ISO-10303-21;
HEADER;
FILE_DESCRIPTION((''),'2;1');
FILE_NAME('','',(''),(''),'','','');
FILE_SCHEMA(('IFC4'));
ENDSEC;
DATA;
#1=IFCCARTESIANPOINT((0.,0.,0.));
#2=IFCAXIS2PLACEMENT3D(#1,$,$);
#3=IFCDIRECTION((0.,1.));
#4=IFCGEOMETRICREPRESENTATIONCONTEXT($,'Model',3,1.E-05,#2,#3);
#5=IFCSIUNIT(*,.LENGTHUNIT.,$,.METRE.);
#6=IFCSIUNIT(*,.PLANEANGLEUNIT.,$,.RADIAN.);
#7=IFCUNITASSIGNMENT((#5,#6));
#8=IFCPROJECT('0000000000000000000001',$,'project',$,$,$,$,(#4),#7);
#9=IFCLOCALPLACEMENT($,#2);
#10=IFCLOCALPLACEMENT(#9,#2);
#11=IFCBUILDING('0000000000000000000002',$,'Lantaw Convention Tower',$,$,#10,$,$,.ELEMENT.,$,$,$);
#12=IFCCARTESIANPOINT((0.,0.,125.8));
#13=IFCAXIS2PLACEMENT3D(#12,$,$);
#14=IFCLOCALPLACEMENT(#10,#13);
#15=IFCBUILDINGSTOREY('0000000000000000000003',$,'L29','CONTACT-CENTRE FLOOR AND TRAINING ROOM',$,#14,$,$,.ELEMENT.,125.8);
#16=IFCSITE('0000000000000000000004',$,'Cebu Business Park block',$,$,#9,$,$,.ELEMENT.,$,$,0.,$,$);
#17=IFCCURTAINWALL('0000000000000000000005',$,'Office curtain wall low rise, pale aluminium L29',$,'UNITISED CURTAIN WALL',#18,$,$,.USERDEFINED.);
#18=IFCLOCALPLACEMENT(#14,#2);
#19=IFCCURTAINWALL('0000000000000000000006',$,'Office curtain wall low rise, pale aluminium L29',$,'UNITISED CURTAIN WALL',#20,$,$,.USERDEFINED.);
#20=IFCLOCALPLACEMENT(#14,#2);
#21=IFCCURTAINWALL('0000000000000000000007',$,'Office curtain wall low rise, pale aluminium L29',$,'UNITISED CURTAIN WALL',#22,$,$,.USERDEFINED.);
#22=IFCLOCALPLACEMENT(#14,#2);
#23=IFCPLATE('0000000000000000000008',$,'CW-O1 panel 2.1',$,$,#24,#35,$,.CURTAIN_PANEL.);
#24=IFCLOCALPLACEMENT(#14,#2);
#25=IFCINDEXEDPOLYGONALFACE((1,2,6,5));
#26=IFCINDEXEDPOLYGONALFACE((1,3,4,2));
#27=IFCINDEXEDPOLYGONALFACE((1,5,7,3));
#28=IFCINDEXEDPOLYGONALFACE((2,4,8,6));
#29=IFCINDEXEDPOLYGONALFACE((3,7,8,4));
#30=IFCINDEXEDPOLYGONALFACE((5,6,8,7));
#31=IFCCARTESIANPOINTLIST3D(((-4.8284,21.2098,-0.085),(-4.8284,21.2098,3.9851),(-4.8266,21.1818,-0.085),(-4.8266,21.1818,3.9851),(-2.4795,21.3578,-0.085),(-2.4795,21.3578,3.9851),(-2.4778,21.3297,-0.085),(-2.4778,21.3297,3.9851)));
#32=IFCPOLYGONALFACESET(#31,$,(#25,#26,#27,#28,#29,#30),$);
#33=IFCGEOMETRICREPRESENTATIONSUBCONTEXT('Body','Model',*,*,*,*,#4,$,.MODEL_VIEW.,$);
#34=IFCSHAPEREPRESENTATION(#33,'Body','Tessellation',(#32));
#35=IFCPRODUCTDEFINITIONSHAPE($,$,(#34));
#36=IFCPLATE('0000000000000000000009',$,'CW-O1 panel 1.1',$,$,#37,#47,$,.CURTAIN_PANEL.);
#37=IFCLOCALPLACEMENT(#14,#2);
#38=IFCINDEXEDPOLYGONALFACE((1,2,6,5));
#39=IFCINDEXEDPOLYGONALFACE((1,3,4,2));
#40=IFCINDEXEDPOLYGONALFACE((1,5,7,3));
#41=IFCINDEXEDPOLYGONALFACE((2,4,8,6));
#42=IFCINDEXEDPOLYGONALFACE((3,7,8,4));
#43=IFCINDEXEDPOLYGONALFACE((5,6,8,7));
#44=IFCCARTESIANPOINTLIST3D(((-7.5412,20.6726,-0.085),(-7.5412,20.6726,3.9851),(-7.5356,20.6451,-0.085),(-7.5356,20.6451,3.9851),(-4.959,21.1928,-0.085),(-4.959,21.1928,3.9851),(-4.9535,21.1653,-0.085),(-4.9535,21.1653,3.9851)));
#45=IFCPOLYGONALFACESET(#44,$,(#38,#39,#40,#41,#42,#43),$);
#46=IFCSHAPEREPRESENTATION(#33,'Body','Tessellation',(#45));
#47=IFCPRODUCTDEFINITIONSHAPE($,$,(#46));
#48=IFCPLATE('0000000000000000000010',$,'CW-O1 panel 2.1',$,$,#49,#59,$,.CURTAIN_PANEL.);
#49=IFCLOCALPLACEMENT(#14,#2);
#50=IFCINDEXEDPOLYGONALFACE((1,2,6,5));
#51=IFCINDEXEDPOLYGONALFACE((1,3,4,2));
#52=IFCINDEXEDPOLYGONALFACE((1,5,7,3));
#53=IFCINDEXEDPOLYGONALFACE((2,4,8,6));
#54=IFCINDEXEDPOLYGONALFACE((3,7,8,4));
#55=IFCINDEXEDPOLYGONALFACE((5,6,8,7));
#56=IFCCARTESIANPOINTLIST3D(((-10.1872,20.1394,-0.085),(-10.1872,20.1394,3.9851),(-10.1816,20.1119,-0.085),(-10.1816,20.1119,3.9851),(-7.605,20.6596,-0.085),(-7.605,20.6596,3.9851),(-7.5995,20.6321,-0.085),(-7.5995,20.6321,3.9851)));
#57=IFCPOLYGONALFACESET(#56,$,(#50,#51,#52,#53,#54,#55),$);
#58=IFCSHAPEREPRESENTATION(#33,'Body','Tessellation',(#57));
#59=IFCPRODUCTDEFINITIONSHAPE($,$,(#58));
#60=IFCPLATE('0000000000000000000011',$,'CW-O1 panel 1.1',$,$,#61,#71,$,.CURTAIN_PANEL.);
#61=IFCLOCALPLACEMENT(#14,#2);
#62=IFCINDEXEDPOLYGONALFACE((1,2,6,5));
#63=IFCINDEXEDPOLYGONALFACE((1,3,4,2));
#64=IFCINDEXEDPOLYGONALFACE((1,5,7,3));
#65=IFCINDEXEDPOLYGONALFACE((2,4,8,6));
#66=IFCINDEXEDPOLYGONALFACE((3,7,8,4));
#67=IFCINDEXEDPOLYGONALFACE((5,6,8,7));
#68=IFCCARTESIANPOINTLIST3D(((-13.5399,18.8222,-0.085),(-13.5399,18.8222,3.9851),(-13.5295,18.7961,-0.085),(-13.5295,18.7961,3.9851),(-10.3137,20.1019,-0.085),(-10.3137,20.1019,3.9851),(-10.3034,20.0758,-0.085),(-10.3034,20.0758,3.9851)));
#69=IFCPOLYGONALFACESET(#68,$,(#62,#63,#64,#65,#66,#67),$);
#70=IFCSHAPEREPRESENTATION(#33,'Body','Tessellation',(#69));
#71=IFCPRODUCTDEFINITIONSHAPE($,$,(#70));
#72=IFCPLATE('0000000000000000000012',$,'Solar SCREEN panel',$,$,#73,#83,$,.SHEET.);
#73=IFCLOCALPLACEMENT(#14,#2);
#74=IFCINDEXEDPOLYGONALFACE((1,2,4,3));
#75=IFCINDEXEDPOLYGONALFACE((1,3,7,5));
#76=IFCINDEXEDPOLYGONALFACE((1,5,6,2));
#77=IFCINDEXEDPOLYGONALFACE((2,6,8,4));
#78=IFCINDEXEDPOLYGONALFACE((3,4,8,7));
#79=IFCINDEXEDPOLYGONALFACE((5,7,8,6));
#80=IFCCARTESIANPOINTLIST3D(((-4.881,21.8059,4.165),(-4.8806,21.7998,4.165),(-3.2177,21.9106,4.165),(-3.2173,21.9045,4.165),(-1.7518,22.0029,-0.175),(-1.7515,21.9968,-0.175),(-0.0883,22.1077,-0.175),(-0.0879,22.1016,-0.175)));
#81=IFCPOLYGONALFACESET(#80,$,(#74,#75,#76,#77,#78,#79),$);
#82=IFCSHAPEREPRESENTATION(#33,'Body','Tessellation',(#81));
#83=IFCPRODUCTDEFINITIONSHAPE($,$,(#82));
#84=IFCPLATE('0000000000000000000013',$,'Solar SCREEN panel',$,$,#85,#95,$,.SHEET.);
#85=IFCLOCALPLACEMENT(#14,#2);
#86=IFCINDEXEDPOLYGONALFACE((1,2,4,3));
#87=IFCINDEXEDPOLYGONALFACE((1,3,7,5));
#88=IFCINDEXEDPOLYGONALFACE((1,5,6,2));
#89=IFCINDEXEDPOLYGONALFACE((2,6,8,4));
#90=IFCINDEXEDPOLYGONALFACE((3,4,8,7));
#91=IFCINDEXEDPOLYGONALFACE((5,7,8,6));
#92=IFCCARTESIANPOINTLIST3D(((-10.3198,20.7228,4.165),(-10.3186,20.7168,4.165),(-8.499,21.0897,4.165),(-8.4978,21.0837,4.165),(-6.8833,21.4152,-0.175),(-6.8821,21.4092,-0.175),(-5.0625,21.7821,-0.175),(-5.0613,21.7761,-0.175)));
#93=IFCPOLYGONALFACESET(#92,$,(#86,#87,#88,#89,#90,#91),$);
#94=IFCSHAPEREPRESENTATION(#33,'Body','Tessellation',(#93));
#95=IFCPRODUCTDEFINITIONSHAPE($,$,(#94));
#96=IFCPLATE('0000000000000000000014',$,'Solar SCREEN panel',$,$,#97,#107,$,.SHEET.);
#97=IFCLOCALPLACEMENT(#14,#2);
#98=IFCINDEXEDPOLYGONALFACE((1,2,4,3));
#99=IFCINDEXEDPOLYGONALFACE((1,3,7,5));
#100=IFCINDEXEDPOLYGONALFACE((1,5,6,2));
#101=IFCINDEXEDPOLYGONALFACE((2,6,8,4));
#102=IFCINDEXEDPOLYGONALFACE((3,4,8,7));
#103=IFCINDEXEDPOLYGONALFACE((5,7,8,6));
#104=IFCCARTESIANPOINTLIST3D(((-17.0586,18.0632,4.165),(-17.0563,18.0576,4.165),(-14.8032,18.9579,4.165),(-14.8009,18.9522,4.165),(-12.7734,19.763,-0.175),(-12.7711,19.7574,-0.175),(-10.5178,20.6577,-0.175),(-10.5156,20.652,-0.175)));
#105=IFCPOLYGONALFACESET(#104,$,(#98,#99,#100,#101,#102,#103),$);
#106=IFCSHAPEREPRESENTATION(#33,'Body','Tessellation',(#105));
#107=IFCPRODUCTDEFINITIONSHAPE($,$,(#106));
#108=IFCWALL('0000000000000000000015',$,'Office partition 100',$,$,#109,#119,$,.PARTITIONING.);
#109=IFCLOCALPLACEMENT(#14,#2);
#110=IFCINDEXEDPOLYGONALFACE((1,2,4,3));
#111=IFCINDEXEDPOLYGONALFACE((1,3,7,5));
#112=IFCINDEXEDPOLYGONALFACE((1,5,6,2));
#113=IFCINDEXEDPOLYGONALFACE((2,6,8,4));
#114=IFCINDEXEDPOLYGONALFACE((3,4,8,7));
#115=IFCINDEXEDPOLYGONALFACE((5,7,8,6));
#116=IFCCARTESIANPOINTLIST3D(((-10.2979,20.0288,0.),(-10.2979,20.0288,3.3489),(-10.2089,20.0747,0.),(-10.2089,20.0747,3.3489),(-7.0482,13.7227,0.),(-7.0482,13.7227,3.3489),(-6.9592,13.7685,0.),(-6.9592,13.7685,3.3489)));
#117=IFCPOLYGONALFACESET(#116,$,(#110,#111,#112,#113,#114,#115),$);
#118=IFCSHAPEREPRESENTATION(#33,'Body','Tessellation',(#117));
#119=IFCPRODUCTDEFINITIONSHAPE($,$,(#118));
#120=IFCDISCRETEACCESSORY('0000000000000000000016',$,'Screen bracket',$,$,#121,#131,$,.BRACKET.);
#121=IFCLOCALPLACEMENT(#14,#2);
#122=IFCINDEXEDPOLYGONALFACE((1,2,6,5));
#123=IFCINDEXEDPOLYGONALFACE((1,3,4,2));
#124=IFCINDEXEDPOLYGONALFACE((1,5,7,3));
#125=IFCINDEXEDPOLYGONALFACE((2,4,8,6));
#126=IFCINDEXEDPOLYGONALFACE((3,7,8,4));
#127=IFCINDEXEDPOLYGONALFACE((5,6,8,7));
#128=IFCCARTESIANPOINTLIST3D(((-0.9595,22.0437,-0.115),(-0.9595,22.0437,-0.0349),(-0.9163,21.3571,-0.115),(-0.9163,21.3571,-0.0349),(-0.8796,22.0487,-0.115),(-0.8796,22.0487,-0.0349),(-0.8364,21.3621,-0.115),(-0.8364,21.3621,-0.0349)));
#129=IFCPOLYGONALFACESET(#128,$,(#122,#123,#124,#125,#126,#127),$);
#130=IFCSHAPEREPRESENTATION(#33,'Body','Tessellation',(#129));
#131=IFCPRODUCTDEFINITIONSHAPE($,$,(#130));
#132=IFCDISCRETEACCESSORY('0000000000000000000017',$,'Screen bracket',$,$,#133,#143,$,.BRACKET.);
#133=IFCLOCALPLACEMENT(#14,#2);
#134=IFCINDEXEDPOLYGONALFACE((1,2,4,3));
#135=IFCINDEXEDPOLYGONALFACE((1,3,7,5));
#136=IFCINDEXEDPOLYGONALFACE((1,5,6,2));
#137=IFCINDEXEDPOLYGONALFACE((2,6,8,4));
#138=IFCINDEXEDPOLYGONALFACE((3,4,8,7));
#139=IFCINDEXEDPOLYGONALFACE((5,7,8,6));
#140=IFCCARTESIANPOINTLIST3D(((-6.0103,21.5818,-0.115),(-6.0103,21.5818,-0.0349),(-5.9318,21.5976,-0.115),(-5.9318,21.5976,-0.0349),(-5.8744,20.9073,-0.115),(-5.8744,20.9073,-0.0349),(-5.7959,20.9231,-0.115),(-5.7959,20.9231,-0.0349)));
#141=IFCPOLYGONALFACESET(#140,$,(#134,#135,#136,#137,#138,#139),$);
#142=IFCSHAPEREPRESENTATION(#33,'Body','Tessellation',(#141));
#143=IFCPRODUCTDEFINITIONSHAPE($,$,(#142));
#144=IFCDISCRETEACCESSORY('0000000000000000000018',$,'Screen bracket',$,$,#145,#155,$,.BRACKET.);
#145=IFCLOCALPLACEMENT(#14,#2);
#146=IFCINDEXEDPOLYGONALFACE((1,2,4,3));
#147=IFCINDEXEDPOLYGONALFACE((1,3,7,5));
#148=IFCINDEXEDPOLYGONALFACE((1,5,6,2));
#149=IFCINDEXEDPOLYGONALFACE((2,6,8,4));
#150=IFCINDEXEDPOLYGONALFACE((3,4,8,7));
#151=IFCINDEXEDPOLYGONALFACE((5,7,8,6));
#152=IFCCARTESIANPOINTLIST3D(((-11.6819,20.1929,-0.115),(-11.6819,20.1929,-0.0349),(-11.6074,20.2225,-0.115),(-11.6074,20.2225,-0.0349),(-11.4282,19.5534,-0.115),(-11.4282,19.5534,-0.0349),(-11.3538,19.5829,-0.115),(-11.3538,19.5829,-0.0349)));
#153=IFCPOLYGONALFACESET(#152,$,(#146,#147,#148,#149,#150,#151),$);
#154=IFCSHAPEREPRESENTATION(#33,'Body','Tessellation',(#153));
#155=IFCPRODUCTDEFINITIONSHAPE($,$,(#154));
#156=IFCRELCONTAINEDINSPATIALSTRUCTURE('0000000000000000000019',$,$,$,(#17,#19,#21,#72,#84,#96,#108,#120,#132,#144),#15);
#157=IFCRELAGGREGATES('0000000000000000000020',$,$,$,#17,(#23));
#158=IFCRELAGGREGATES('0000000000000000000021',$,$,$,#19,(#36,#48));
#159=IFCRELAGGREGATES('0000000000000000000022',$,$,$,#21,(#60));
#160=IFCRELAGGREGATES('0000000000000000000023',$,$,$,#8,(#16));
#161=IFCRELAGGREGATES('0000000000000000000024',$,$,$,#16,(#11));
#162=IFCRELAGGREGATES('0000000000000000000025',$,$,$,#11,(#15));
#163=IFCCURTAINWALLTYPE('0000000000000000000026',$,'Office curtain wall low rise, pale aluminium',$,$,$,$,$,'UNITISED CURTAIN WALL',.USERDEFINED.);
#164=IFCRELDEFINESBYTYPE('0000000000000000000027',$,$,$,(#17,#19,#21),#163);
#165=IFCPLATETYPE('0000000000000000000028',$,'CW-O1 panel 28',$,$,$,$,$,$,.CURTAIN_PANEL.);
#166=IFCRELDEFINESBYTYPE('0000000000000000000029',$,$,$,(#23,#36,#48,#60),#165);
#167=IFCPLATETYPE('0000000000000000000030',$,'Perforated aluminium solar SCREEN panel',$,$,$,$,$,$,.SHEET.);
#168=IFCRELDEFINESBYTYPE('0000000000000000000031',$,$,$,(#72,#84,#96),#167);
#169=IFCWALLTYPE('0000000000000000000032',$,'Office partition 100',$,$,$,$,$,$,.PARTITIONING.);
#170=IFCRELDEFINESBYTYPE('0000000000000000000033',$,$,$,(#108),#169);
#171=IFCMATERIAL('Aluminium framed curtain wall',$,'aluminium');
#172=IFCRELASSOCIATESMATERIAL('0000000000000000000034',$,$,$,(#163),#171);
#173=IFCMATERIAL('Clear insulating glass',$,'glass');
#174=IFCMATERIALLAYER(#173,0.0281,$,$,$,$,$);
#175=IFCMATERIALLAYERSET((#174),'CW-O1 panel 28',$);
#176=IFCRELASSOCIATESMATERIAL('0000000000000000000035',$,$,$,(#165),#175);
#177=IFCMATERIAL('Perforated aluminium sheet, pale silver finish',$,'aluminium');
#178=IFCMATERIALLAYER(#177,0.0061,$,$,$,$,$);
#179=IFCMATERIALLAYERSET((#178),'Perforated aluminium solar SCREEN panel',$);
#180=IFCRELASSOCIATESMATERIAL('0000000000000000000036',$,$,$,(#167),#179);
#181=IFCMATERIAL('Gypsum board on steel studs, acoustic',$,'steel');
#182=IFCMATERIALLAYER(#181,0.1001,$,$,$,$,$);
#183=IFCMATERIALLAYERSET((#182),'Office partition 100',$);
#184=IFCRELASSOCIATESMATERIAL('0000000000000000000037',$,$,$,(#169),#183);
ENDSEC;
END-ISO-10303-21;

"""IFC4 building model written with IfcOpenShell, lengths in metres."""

from ifc_helpers import new_model, si_unit, direction, frame, frame_2d, origin, origin_2d, place, context, subcontext, project, spatial, polyline, rectangle, outline, extrude, material, layer, layer_set, type_object, element, aggregate, save


model = new_model("IFC4")

# Units and contexts
model_context = context("Model", 3, precision=1e-05, world=origin(), true_north=direction((0.0, 1.0)))
body_context = subcontext(model_context, "Body", "Model", "MODEL_VIEW")
ifc_project = project(units=[si_unit("LENGTHUNIT", "METRE"), si_unit("PLANEANGLEUNIT", "RADIAN")], contexts=[model_context])

# Site, building, storey
site_placement = place(None, origin())
site = spatial("IfcSite", under=ifc_project, at=site_placement, Name="Cebu Business Park block", CompositionType="ELEMENT", RefElevation=0.0)
building_placement = place(site_placement, origin())
building = spatial("IfcBuilding", under=site, at=building_placement, Name="Lantaw Convention Tower", CompositionType="ELEMENT")
storey_placement = place(building_placement, frame((0.0, 0.0, 125.8)))
storey = spatial("IfcBuildingStorey", under=building, at=storey_placement, Name="L29", Description="CONTACT-CENTRE FLOOR AND TRAINING ROOM", CompositionType="ELEMENT", Elevation=125.8)

# Curtain walls
ifc_material_1 = material(Name="Aluminium framed curtain wall", Category="aluminium")
curtain_wall_type = type_object("IfcCurtainWallType", Name="Office curtain wall low rise, pale aluminium", ElementType="UNITISED CURTAIN WALL", PredefinedType="USERDEFINED", material=ifc_material_1)
curtain_wall_1_placement = place(storey_placement, origin())
curtain_wall_1 = element("IfcCurtainWall", 1, at=curtain_wall_1_placement, inside=storey, type_object=curtain_wall_type, Name="Office curtain wall low rise, pale aluminium L29", ObjectType="UNITISED CURTAIN WALL", PredefinedType="USERDEFINED")
curtain_wall_2_placement = place(storey_placement, origin())
curtain_wall_2 = element("IfcCurtainWall", 2, at=curtain_wall_2_placement, inside=storey, type_object=curtain_wall_type, Name="Office curtain wall low rise, pale aluminium L29", ObjectType="UNITISED CURTAIN WALL", PredefinedType="USERDEFINED")

# Curtain wall
curtain_wall_3_placement = place(storey_placement, origin())
curtain_wall_3 = element("IfcCurtainWall", 3, at=curtain_wall_3_placement, inside=storey, type_object=curtain_wall_type, Name="Office curtain wall low rise, pale aluminium L29", ObjectType="UNITISED CURTAIN WALL", PredefinedType="USERDEFINED")

# Plates
ifc_material_2 = material(Name="Clear insulating glass", Category="glass")
ifc_layer_1 = layer(ifc_material_2, 0.0281)
ifc_layer_set_1 = layer_set([ifc_layer_1], Name="CW-O1 panel 28")
plate_type_1 = type_object("IfcPlateType", Name="CW-O1 panel 28", PredefinedType="CURTAIN_PANEL", material=ifc_layer_set_1)
plate_1_placement = place(storey_placement, frame((-3.6531, 21.2698, -0.085), z_axis=(0.0, 0.0, 1.0), x_axis=(-0.998022, -0.062865, 0.0)))
plate_1 = element("IfcPlate", 4, at=plate_1_placement, type_object=plate_type_1, Name="CW-O1 panel 2.1", PredefinedType="CURTAIN_PANEL", context=body_context, shape_type="SweptSolid", body=[
    extrude(rectangle(XDim=2.3535, YDim=0.0281, at=origin_2d()), origin(), (0.0, 0.0, 1.0), 4.0701),
])
aggregate(curtain_wall_1, [plate_1])
plate_2_placement = place(storey_placement, frame((-6.2473, 20.9189, -0.085), z_axis=(0.0, 0.0, 1.0), x_axis=(-0.980302, -0.197507, 0.0)))
plate_2 = element("IfcPlate", 5, at=plate_2_placement, type_object=plate_type_1, Name="CW-O1 panel 1.1", PredefinedType="CURTAIN_PANEL", context=body_context, shape_type="SweptSolid", body=[
    extrude(rectangle(XDim=2.634, YDim=0.0281, at=origin_2d()), origin(), (0.0, 0.0, 1.0), 4.0701),
])
plate_3_placement = place(storey_placement, frame((-8.8933, 20.3857, -0.085), z_axis=(0.0, 0.0, 1.0), x_axis=(-0.980302, -0.197507, 0.0)))
plate_3 = element("IfcPlate", 6, at=plate_3_placement, type_object=plate_type_1, Name="CW-O1 panel 2.1", PredefinedType="CURTAIN_PANEL", context=body_context, shape_type="SweptSolid", body=[
    extrude(rectangle(XDim=2.634, YDim=0.0281, at=origin_2d()), origin(), (0.0, 0.0, 1.0), 4.0701),
])
aggregate(curtain_wall_2, [plate_2, plate_3])
plate_4_placement = place(storey_placement, frame((-11.9216, 19.449, -0.085), z_axis=(0.0, 0.0, 1.0), x_axis=(-0.929548, -0.368702, 0.0)))
plate_4 = element("IfcPlate", 7, at=plate_4_placement, type_object=plate_type_1, Name="CW-O1 panel 1.1", PredefinedType="CURTAIN_PANEL", context=body_context, shape_type="SweptSolid", body=[
    extrude(rectangle(XDim=3.4707, YDim=0.0281, at=origin_2d()), origin(), (0.0, 0.0, 1.0), 4.0701),
])
aggregate(curtain_wall_3, [plate_4])

# Plates
ifc_material_3 = material(Name="Perforated aluminium sheet, pale silver finish", Category="aluminium")
ifc_layer_2 = layer(ifc_material_3, 0.0061)
ifc_layer_set_2 = layer_set([ifc_layer_2], Name="Perforated aluminium solar SCREEN panel")
plate_type_2 = type_object("IfcPlateType", Name="Perforated aluminium solar SCREEN panel", PredefinedType="SHEET", material=ifc_layer_set_2)
plate_5_placement = place(storey_placement, frame((-0.0879, 22.1016, -0.175), z_axis=(0.062839, -0.998024, 0.000002), x_axis=(-0.998024, -0.062839, 0.0)))
element("IfcPlate", 8, at=plate_5_placement, inside=storey, type_object=plate_type_2, Name="Solar SCREEN panel", PredefinedType="SHEET", context=body_context, shape_type="SweptSolid", body=[
    extrude(outline(polyline([(0.0, 0.0), (1.6669, 0.0), (4.8022, -4.3401), (3.1356, -4.3401), (0.0, 0.0)])), origin(), (0.0, 0.0, -1.0), 0.0061),
])
plate_6_placement = place(storey_placement, frame((-5.0613, 21.7761, -0.175), z_axis=(0.197557, -0.980291, 0.000039), x_axis=(-0.980291, -0.197557, 0.0)))
element("IfcPlate", 9, at=plate_6_placement, inside=storey, type_object=plate_type_2, Name="Solar SCREEN panel", PredefinedType="SHEET", context=body_context, shape_type="SweptSolid", body=[
    extrude(outline(polyline([(0.0, 0.0), (1.8574, 0.0), (5.363, -4.3401), (3.5056, -4.3401), (0.0, 0.0)])), origin(), (0.0, 0.0, -1.0), 0.0061),
])
plate_7_placement = place(storey_placement, frame((-10.5178, 20.6577, -0.175), z_axis=(-0.368709, 0.929545, 0.000011), x_axis=(-0.929545, -0.368709, 0.0)))
element("IfcPlate", 10, at=plate_7_placement, inside=storey, type_object=plate_type_2, Name="Solar SCREEN panel", PredefinedType="SHEET", context=body_context, shape_type="SweptSolid", body=[
    extrude(outline(polyline([(0.0, 0.0), (2.4265, 0.0), (7.0365, 4.3401), (4.6102, 4.3401), (0.0, 0.0)])), origin(), (0.0, 0.0, -1.0), 0.0061),
])

# Wall
ifc_material_4 = material(Name="Gypsum board on steel studs, acoustic", Category="steel")
ifc_layer_3 = layer(ifc_material_4, 0.1001)
ifc_layer_set_3 = layer_set([ifc_layer_3], Name="Office partition 100")
wall_type = type_object("IfcWallType", Name="Office partition 100", PredefinedType="PARTITIONING", material=ifc_layer_set_3)
wall_placement = place(storey_placement, frame((-10.2534, 20.0518, 0.0), z_axis=(0.0, 0.0, 1.0), x_axis=(0.458083, -0.88891, 0.0)))
element("IfcWall", 11, at=wall_placement, inside=storey, type_object=wall_type, Name="Office partition 100", PredefinedType="PARTITIONING", context=body_context, shape_type="SweptSolid", body=[
    extrude(rectangle(XDim=7.0942, YDim=0.1001, at=frame_2d((3.5471, 0.0))), origin(), (0.0, 0.0, 1.0), 3.3489),
])

# Discrete accessories
for number, where, z_axis, x_axis, name in (
    (12, (-0.8979, 21.7029, -0.115), (0.0, 0.0, 1.0), (-0.998022, -0.062865, 0.0), "Screen bracket"),
    (13, (-5.9031, 21.2524, -0.115), (0.0, 0.0, 1.0), (-0.980302, -0.197507, 0.0), "Screen bracket"),
    (14, (-11.5178, 19.8879, -0.115), (0.0, 0.0, 1.0), (-0.929548, -0.368702, 0.0), "Screen bracket"),
):
    element("IfcDiscreteAccessory", number, at=place(storey_placement, frame(where, z_axis=z_axis, x_axis=x_axis)), inside=storey, Name=name, PredefinedType="BRACKET", context=body_context, shape_type="SweptSolid", body=[
        extrude(rectangle(XDim=0.0801, YDim=0.688, at=origin_2d()), origin(), (0.0, 0.0, 1.0), 0.0801),
    ])

save(model, "model.ifc")
